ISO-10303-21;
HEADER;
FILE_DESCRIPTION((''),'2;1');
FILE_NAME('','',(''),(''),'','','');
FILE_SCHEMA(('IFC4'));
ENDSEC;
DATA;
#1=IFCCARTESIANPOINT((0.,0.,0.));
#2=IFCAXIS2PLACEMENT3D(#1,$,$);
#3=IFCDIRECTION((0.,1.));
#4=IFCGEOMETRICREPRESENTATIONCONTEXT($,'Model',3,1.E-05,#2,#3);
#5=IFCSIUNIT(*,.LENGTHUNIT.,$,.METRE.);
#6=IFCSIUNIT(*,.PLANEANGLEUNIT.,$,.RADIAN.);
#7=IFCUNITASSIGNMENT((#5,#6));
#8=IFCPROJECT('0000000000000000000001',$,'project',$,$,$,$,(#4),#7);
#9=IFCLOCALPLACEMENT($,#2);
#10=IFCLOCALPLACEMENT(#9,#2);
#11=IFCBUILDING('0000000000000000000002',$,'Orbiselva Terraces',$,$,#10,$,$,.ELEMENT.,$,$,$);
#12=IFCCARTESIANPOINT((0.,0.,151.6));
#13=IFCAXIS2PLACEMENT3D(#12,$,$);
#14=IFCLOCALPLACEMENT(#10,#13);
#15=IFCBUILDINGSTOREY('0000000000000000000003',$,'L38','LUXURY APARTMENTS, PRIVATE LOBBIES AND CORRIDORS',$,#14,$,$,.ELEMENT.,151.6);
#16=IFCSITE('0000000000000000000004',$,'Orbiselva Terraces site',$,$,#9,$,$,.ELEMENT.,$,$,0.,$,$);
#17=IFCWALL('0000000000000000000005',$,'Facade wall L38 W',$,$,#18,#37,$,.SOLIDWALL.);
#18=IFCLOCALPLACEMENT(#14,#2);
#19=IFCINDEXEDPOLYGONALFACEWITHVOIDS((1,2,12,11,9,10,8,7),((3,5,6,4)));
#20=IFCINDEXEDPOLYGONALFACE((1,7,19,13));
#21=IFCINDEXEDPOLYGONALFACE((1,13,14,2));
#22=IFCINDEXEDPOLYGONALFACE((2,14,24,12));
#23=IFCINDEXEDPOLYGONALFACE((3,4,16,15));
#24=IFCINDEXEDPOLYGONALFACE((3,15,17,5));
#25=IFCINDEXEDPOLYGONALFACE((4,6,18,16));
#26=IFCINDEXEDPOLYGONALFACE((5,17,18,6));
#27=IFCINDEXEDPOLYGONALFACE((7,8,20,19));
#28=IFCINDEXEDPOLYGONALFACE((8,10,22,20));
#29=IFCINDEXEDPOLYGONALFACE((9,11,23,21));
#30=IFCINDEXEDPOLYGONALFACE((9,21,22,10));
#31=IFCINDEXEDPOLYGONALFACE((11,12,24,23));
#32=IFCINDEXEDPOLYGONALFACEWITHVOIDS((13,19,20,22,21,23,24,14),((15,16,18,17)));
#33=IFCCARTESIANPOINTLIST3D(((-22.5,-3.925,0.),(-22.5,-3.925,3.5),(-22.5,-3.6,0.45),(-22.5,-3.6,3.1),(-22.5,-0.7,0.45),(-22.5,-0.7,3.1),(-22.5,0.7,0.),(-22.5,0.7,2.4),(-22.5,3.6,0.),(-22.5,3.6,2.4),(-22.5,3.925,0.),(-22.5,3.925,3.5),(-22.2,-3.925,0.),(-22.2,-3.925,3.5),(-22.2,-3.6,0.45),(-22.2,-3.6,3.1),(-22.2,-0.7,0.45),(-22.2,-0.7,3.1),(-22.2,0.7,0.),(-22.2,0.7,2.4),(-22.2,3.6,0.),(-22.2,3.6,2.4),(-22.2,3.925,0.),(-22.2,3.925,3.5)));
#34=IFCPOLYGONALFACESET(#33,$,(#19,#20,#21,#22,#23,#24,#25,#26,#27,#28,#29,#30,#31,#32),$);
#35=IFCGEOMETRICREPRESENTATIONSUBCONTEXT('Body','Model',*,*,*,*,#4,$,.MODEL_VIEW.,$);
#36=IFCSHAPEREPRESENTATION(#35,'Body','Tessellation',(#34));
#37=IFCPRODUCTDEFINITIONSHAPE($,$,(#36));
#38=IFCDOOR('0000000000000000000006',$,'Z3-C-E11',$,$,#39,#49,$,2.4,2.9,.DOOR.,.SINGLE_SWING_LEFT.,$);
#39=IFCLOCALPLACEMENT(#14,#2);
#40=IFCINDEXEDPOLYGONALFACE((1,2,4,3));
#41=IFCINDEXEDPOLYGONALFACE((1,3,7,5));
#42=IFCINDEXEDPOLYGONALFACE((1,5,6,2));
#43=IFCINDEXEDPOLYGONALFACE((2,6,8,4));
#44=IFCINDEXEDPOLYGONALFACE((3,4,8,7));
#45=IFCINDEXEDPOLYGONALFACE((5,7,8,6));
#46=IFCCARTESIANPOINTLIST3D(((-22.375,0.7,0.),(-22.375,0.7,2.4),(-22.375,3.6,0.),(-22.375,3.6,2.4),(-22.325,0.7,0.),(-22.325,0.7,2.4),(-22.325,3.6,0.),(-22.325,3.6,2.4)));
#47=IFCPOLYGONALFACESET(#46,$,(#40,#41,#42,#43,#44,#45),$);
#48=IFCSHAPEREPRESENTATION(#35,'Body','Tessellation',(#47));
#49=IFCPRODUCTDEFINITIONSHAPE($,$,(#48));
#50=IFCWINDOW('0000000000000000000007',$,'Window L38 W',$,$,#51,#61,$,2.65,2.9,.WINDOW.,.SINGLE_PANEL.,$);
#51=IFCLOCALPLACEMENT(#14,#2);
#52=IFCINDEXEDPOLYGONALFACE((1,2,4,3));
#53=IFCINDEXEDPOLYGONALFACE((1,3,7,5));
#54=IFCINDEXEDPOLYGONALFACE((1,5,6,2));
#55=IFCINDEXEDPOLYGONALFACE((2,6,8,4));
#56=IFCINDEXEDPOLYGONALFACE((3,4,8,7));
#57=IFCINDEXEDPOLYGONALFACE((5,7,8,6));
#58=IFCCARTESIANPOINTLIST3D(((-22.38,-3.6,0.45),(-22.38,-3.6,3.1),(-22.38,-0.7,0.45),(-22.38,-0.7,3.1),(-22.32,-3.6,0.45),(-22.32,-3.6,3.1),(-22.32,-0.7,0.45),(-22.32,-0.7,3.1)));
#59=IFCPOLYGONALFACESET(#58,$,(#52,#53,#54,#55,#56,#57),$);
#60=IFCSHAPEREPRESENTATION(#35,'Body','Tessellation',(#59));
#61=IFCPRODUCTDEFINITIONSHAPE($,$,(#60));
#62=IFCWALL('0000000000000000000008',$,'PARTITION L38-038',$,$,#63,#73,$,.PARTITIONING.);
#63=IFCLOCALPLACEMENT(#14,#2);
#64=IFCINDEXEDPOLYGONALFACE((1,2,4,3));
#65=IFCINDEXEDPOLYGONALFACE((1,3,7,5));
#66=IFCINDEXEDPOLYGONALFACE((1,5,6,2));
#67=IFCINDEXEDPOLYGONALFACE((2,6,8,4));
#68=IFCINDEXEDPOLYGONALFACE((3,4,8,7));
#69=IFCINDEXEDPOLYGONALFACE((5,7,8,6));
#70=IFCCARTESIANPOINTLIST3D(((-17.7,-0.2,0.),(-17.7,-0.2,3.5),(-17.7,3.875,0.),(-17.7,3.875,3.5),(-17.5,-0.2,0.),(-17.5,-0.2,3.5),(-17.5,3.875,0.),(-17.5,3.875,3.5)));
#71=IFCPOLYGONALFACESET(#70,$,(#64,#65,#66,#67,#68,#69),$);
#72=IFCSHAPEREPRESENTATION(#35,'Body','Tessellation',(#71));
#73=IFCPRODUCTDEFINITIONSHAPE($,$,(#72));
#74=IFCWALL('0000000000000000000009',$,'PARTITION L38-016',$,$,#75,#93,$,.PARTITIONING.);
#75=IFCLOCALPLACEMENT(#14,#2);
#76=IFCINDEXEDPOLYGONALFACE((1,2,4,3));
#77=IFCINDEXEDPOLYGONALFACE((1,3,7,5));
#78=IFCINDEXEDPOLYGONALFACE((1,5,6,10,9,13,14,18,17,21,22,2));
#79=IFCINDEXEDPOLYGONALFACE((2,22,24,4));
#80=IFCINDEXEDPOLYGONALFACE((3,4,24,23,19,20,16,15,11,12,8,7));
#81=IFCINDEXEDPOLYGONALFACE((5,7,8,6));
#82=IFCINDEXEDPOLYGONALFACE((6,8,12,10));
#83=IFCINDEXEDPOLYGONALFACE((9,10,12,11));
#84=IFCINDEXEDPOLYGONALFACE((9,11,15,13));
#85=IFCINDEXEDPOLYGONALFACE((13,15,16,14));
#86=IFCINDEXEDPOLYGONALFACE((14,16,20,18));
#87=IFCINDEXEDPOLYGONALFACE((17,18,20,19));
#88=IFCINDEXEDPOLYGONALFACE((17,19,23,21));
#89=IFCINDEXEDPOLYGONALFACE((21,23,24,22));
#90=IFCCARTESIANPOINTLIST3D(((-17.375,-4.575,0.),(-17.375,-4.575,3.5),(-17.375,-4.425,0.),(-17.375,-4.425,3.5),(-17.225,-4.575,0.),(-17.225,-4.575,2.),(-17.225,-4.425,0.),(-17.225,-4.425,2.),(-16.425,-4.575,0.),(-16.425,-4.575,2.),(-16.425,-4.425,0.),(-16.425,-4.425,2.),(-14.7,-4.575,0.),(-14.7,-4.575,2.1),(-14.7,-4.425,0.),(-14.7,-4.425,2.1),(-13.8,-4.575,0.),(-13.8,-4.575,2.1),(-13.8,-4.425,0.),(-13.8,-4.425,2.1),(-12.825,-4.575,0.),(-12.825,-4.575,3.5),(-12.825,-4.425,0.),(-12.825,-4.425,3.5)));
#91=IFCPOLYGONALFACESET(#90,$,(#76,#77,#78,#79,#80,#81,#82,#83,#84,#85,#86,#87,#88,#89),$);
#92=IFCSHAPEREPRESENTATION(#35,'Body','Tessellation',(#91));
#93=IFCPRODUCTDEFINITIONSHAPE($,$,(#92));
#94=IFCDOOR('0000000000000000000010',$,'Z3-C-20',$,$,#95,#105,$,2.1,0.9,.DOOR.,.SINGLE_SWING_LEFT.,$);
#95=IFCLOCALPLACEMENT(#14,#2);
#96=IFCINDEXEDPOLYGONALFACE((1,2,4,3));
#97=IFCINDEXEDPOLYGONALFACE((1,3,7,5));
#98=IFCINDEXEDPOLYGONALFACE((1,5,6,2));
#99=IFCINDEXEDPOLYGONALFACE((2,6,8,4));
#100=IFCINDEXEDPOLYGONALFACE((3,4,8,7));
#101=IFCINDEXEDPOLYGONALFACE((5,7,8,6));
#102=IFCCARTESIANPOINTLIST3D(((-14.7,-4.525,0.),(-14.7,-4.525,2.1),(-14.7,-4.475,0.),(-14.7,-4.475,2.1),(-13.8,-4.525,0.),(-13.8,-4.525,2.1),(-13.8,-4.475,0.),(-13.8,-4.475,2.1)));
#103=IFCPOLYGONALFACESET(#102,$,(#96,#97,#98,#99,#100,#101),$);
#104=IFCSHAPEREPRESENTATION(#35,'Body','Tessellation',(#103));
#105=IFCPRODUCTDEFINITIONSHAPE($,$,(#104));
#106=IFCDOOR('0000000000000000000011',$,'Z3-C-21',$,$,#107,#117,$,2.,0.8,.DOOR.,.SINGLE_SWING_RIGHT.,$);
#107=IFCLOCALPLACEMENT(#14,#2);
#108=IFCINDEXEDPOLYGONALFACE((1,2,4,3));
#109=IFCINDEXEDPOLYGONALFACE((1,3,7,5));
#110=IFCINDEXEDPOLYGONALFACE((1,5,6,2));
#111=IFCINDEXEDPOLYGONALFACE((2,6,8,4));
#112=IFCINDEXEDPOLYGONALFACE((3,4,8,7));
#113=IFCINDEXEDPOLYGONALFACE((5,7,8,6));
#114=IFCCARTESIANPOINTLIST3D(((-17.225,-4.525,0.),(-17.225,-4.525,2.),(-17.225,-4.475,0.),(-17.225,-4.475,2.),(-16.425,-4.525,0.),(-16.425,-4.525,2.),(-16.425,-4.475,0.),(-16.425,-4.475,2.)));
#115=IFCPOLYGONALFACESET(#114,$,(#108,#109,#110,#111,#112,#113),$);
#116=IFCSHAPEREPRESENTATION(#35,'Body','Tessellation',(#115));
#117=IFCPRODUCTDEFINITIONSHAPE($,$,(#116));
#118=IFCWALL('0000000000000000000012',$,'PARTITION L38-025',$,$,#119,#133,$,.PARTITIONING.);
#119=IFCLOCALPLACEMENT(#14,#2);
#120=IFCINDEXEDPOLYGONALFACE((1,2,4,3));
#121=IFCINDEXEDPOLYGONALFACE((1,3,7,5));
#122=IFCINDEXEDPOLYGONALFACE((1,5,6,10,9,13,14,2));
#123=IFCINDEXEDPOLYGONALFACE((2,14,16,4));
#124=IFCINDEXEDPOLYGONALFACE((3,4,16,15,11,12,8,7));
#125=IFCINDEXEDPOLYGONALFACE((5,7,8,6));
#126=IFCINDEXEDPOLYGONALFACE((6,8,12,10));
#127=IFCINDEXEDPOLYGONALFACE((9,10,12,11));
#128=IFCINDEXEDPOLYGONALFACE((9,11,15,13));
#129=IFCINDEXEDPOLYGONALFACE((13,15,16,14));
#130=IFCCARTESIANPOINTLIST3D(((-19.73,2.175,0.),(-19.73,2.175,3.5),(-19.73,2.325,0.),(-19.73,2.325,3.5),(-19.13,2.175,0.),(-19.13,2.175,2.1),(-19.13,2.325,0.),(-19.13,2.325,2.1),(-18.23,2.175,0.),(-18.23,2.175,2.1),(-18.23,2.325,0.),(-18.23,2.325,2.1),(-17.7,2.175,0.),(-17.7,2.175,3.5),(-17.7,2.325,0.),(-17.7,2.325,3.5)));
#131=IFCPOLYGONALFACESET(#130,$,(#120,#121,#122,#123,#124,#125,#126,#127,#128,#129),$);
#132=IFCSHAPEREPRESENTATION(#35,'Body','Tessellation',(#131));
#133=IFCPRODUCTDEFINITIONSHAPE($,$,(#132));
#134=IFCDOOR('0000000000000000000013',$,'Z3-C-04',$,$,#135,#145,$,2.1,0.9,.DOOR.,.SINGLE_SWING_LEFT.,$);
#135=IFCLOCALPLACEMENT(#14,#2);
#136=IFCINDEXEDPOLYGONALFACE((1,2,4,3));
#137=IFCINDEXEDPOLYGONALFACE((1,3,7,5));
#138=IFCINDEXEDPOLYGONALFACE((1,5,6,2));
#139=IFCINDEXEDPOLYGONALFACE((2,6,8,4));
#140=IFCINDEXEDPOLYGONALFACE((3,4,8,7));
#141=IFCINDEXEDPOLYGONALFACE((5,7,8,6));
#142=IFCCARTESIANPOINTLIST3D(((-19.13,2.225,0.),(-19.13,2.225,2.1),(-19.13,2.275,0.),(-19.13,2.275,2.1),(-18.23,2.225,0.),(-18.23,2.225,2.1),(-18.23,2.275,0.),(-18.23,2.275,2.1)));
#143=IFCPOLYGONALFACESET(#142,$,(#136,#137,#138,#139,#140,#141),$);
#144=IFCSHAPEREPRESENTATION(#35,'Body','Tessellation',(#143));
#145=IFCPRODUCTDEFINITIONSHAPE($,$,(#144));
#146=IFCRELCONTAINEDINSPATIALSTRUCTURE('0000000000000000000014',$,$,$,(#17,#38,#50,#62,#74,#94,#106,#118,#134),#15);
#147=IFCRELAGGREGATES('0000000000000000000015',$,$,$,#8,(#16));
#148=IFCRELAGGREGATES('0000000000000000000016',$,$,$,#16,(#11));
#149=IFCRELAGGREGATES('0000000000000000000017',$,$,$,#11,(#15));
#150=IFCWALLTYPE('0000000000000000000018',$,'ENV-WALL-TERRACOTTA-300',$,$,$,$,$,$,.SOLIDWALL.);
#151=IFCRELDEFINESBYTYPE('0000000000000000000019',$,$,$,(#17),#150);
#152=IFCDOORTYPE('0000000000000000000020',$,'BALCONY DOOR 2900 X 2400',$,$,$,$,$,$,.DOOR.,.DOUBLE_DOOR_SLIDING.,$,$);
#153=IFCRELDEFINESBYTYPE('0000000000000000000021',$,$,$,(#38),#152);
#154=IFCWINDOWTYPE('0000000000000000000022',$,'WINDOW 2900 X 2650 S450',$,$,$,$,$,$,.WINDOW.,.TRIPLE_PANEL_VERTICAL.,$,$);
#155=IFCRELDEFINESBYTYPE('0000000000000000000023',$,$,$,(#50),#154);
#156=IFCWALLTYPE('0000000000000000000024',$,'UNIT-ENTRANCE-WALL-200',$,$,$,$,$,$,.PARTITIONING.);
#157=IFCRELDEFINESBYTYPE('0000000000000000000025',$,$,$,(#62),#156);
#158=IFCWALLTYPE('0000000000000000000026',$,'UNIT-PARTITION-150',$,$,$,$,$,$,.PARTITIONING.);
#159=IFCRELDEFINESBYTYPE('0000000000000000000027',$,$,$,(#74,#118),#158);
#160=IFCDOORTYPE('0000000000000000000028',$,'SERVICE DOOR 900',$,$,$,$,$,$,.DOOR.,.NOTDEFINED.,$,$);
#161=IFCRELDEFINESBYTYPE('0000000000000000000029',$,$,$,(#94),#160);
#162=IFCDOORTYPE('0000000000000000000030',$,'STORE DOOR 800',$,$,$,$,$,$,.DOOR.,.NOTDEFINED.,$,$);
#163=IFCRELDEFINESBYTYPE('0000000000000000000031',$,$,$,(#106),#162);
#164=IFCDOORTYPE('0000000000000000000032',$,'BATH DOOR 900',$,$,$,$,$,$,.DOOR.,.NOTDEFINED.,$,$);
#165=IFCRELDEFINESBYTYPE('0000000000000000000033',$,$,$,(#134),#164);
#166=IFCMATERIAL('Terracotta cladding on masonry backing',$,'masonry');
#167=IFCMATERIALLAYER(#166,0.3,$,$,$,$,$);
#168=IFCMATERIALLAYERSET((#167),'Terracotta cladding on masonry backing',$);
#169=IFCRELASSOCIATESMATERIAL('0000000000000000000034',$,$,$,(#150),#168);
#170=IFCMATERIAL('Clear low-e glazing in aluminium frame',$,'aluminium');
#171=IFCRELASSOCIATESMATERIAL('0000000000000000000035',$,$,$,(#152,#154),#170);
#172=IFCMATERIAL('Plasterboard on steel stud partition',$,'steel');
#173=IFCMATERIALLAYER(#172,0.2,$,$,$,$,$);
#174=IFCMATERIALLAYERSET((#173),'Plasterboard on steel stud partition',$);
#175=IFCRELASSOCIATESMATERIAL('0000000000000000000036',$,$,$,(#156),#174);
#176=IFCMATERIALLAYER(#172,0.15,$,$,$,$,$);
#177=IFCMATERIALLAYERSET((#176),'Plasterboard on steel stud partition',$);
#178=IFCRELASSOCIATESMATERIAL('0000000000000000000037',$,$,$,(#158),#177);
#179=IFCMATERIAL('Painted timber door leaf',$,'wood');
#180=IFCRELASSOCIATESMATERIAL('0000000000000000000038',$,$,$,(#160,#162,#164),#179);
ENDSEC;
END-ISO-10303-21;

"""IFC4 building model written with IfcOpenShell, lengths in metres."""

from ifc_helpers import new_model, si_unit, direction, frame, frame_2d, origin, place, context, subcontext, project, spatial, rectangle, extrude, material, layer, layer_set, type_object, element, fill, save


model = new_model("IFC4")

# Units and contexts
model_context = context("Model", 3, precision=1e-05, world=origin(), true_north=direction((0.0, 1.0)))
body_context = subcontext(model_context, "Body", "Model", "MODEL_VIEW")
ifc_project = project(units=[si_unit("LENGTHUNIT", "METRE"), si_unit("PLANEANGLEUNIT", "RADIAN")], contexts=[model_context])

# Site, building, storey
site_placement = place(None, origin())
site = spatial("IfcSite", under=ifc_project, at=site_placement, Name="Orbiselva Terraces site", CompositionType="ELEMENT", RefElevation=0.0)
building_placement = place(site_placement, origin())
building = spatial("IfcBuilding", under=site, at=building_placement, Name="Orbiselva Terraces", CompositionType="ELEMENT")
storey_placement = place(building_placement, frame((0.0, 0.0, 151.6)))
storey = spatial("IfcBuildingStorey", under=building, at=storey_placement, Name="L38", Description="LUXURY APARTMENTS, PRIVATE LOBBIES AND CORRIDORS", CompositionType="ELEMENT", Elevation=151.6)

# Wall, openings, door, window
ifc_material_1 = material(Name="Terracotta cladding on masonry backing", Category="masonry")
ifc_layer_1 = layer(ifc_material_1, 0.3)
ifc_layer_set_1 = layer_set([ifc_layer_1], Name="Terracotta cladding on masonry backing")
wall_type_1 = type_object("IfcWallType", Name="ENV-WALL-TERRACOTTA-300", PredefinedType="SOLIDWALL", material=ifc_layer_set_1)
wall_1_placement = place(storey_placement, frame((-22.35, -3.925, 0.0), z_axis=(0.0, 0.0, 1.0), x_axis=(0.0, 1.0, 0.0)))
wall_1 = element("IfcWall", 1, at=wall_1_placement, inside=storey, type_object=wall_type_1, Name="Facade wall L38 W", PredefinedType="SOLIDWALL", context=body_context, shape_type="SweptSolid", body=[
    extrude(rectangle(XDim=7.85, YDim=0.3, at=frame_2d((3.925, 0.0))), origin(), (0.0, 0.0, 1.0), 3.5),
])
opening_1_placement = place(wall_1_placement, frame((4.625, 0.0, 0.0)))
opening_1 = element("IfcOpeningElement", 2, at=opening_1_placement, cuts=wall_1, PredefinedType="OPENING", context=body_context, shape_type="SweptSolid", body=[
    extrude(rectangle(XDim=2.9, YDim=2.4, at=frame_2d((1.45, 1.2))), frame((0.0, 0.16, 0.0), z_axis=(0.0, -1.0, 0.0), x_axis=(1.0, 0.0, 0.0)), (0.0, 0.0, 1.0), 0.32),
])
opening_2_placement = place(wall_1_placement, frame((0.325, 0.0, 0.45)))
opening_2 = element("IfcOpeningElement", 3, at=opening_2_placement, cuts=wall_1, PredefinedType="OPENING", context=body_context, shape_type="SweptSolid", body=[
    extrude(rectangle(XDim=2.9, YDim=2.65, at=frame_2d((1.45, 1.325))), frame((0.0, 0.16, 0.0), z_axis=(0.0, -1.0, 0.0), x_axis=(1.0, 0.0, 0.0)), (0.0, 0.0, 1.0), 0.32),
])
ifc_material_2 = material(Name="Clear low-e glazing in aluminium frame", Category="aluminium")
door_type_1 = type_object("IfcDoorType", Name="BALCONY DOOR 2900 X 2400", OperationType="DOUBLE_DOOR_SLIDING", PredefinedType="DOOR", material=ifc_material_2)
door_1_placement = place(opening_1_placement, origin())
door_1 = element("IfcDoor", 4, at=door_1_placement, inside=storey, type_object=door_type_1, Name="Z3-C-E11", OperationType="SINGLE_SWING_LEFT", OverallHeight=2.4, OverallWidth=2.9, PredefinedType="DOOR", context=body_context, shape_type="SweptSolid", body=[
    extrude(rectangle(XDim=2.9, YDim=2.4, at=frame_2d((1.45, 1.2))), frame((0.0, 0.025, 0.0), z_axis=(0.0, -1.0, 0.0), x_axis=(1.0, 0.0, 0.0)), (0.0, 0.0, 1.0), 0.05),
])
fill(opening_1, door_1)
window_type = type_object("IfcWindowType", Name="WINDOW 2900 X 2650 S450", PartitioningType="TRIPLE_PANEL_VERTICAL", PredefinedType="WINDOW", material=ifc_material_2)
window_placement = place(opening_2_placement, origin())
window = element("IfcWindow", 5, at=window_placement, inside=storey, type_object=window_type, Name="Window L38 W", OverallHeight=2.65, OverallWidth=2.9, PartitioningType="SINGLE_PANEL", PredefinedType="WINDOW", context=body_context, shape_type="SweptSolid", body=[
    extrude(rectangle(XDim=2.9, YDim=2.65, at=frame_2d((1.45, 1.325))), frame((0.0, 0.03, 0.0), z_axis=(0.0, -1.0, 0.0), x_axis=(1.0, 0.0, 0.0)), (0.0, 0.0, 1.0), 0.06),
])
fill(opening_2, window)

# Wall
ifc_material_3 = material(Name="Plasterboard on steel stud partition", Category="steel")
ifc_layer_2 = layer(ifc_material_3, 0.2)
ifc_layer_set_2 = layer_set([ifc_layer_2], Name="Plasterboard on steel stud partition")
wall_type_2 = type_object("IfcWallType", Name="UNIT-ENTRANCE-WALL-200", PredefinedType="PARTITIONING", material=ifc_layer_set_2)
wall_2_placement = place(storey_placement, frame((-17.6, -0.2, 0.0), z_axis=(0.0, 0.0, 1.0), x_axis=(0.0, 1.0, 0.0)))
element("IfcWall", 6, at=wall_2_placement, inside=storey, type_object=wall_type_2, Name="PARTITION L38-038", PredefinedType="PARTITIONING", context=body_context, shape_type="SweptSolid", body=[
    extrude(rectangle(XDim=4.075, YDim=0.2, at=frame_2d((2.0375, 0.0))), origin(), (0.0, 0.0, 1.0), 3.5),
])

# Wall, openings, doors
ifc_layer_3 = layer(ifc_material_3, 0.15)
ifc_layer_set_3 = layer_set([ifc_layer_3], Name="Plasterboard on steel stud partition")
wall_type_3 = type_object("IfcWallType", Name="UNIT-PARTITION-150", PredefinedType="PARTITIONING", material=ifc_layer_set_3)
wall_3_placement = place(storey_placement, frame((-12.825, -4.5, 0.0), z_axis=(0.0, 0.0, 1.0), x_axis=(-1.0, 0.0, 0.0)))
wall_3 = element("IfcWall", 7, at=wall_3_placement, inside=storey, type_object=wall_type_3, Name="PARTITION L38-016", PredefinedType="PARTITIONING", context=body_context, shape_type="SweptSolid", body=[
    extrude(rectangle(XDim=4.55, YDim=0.15, at=frame_2d((2.275, 0.0))), origin(), (0.0, 0.0, 1.0), 3.5),
])
opening_3_placement = place(wall_3_placement, frame((0.975, 0.0, 0.0)))
opening_3 = element("IfcOpeningElement", 8, at=opening_3_placement, cuts=wall_3, PredefinedType="OPENING", context=body_context, shape_type="SweptSolid", body=[
    extrude(rectangle(XDim=0.9, YDim=2.1, at=frame_2d((0.45, 1.05))), frame((0.0, 0.085, 0.0), z_axis=(0.0, -1.0, 0.0), x_axis=(1.0, 0.0, 0.0)), (0.0, 0.0, 1.0), 0.17),
])
opening_4_placement = place(wall_3_placement, frame((3.6, 0.0, 0.0)))
opening_4 = element("IfcOpeningElement", 9, at=opening_4_placement, cuts=wall_3, PredefinedType="OPENING", context=body_context, shape_type="SweptSolid", body=[
    extrude(rectangle(XDim=0.8, YDim=2.0, at=frame_2d((0.4, 1.0))), frame((0.0, 0.085, 0.0), z_axis=(0.0, -1.0, 0.0), x_axis=(1.0, 0.0, 0.0)), (0.0, 0.0, 1.0), 0.17),
])
ifc_material_4 = material(Name="Painted timber door leaf", Category="wood")
door_type_2 = type_object("IfcDoorType", Name="SERVICE DOOR 900", OperationType="NOTDEFINED", PredefinedType="DOOR", material=ifc_material_4)
door_2_placement = place(opening_3_placement, origin())
door_2 = element("IfcDoor", 10, at=door_2_placement, inside=storey, type_object=door_type_2, Name="Z3-C-20", OperationType="SINGLE_SWING_LEFT", OverallHeight=2.1, OverallWidth=0.9, PredefinedType="DOOR", context=body_context, shape_type="SweptSolid", body=[
    extrude(rectangle(XDim=0.9, YDim=2.1, at=frame_2d((0.45, 1.05))), frame((0.0, 0.025, 0.0), z_axis=(0.0, -1.0, 0.0), x_axis=(1.0, 0.0, 0.0)), (0.0, 0.0, 1.0), 0.05),
])
fill(opening_3, door_2)
door_type_3 = type_object("IfcDoorType", Name="STORE DOOR 800", OperationType="NOTDEFINED", PredefinedType="DOOR", material=ifc_material_4)
door_3_placement = place(opening_4_placement, origin())
door_3 = element("IfcDoor", 11, at=door_3_placement, inside=storey, type_object=door_type_3, Name="Z3-C-21", OperationType="SINGLE_SWING_RIGHT", OverallHeight=2.0, OverallWidth=0.8, PredefinedType="DOOR", context=body_context, shape_type="SweptSolid", body=[
    extrude(rectangle(XDim=0.8, YDim=2.0, at=frame_2d((0.4, 1.0))), frame((0.0, 0.025, 0.0), z_axis=(0.0, -1.0, 0.0), x_axis=(1.0, 0.0, 0.0)), (0.0, 0.0, 1.0), 0.05),
])
fill(opening_4, door_3)

# Wall, opening, door
wall_4_placement = place(storey_placement, frame((-17.7, 2.25, 0.0), z_axis=(0.0, 0.0, 1.0), x_axis=(-1.0, 0.0, 0.0)))
wall_4 = element("IfcWall", 12, at=wall_4_placement, inside=storey, type_object=wall_type_3, Name="PARTITION L38-025", PredefinedType="PARTITIONING", context=body_context, shape_type="SweptSolid", body=[
    extrude(rectangle(XDim=2.03, YDim=0.15, at=frame_2d((1.015, 0.0))), origin(), (0.0, 0.0, 1.0), 3.5),
])
opening_5_placement = place(wall_4_placement, frame((0.53, 0.0, 0.0)))
opening_5 = element("IfcOpeningElement", 13, at=opening_5_placement, cuts=wall_4, PredefinedType="OPENING", context=body_context, shape_type="SweptSolid", body=[
    extrude(rectangle(XDim=0.9, YDim=2.1, at=frame_2d((0.45, 1.05))), frame((0.0, 0.085, 0.0), z_axis=(0.0, -1.0, 0.0), x_axis=(1.0, 0.0, 0.0)), (0.0, 0.0, 1.0), 0.17),
])
door_type_4 = type_object("IfcDoorType", Name="BATH DOOR 900", OperationType="NOTDEFINED", PredefinedType="DOOR", material=ifc_material_4)
door_4_placement = place(opening_5_placement, origin())
door_4 = element("IfcDoor", 14, at=door_4_placement, inside=storey, type_object=door_type_4, Name="Z3-C-04", OperationType="SINGLE_SWING_LEFT", OverallHeight=2.1, OverallWidth=0.9, PredefinedType="DOOR", context=body_context, shape_type="SweptSolid", body=[
    extrude(rectangle(XDim=0.9, YDim=2.1, at=frame_2d((0.45, 1.05))), frame((0.0, 0.025, 0.0), z_axis=(0.0, -1.0, 0.0), x_axis=(1.0, 0.0, 0.0)), (0.0, 0.0, 1.0), 0.05),
])
fill(opening_5, door_4)

save(model, "model.ifc")
